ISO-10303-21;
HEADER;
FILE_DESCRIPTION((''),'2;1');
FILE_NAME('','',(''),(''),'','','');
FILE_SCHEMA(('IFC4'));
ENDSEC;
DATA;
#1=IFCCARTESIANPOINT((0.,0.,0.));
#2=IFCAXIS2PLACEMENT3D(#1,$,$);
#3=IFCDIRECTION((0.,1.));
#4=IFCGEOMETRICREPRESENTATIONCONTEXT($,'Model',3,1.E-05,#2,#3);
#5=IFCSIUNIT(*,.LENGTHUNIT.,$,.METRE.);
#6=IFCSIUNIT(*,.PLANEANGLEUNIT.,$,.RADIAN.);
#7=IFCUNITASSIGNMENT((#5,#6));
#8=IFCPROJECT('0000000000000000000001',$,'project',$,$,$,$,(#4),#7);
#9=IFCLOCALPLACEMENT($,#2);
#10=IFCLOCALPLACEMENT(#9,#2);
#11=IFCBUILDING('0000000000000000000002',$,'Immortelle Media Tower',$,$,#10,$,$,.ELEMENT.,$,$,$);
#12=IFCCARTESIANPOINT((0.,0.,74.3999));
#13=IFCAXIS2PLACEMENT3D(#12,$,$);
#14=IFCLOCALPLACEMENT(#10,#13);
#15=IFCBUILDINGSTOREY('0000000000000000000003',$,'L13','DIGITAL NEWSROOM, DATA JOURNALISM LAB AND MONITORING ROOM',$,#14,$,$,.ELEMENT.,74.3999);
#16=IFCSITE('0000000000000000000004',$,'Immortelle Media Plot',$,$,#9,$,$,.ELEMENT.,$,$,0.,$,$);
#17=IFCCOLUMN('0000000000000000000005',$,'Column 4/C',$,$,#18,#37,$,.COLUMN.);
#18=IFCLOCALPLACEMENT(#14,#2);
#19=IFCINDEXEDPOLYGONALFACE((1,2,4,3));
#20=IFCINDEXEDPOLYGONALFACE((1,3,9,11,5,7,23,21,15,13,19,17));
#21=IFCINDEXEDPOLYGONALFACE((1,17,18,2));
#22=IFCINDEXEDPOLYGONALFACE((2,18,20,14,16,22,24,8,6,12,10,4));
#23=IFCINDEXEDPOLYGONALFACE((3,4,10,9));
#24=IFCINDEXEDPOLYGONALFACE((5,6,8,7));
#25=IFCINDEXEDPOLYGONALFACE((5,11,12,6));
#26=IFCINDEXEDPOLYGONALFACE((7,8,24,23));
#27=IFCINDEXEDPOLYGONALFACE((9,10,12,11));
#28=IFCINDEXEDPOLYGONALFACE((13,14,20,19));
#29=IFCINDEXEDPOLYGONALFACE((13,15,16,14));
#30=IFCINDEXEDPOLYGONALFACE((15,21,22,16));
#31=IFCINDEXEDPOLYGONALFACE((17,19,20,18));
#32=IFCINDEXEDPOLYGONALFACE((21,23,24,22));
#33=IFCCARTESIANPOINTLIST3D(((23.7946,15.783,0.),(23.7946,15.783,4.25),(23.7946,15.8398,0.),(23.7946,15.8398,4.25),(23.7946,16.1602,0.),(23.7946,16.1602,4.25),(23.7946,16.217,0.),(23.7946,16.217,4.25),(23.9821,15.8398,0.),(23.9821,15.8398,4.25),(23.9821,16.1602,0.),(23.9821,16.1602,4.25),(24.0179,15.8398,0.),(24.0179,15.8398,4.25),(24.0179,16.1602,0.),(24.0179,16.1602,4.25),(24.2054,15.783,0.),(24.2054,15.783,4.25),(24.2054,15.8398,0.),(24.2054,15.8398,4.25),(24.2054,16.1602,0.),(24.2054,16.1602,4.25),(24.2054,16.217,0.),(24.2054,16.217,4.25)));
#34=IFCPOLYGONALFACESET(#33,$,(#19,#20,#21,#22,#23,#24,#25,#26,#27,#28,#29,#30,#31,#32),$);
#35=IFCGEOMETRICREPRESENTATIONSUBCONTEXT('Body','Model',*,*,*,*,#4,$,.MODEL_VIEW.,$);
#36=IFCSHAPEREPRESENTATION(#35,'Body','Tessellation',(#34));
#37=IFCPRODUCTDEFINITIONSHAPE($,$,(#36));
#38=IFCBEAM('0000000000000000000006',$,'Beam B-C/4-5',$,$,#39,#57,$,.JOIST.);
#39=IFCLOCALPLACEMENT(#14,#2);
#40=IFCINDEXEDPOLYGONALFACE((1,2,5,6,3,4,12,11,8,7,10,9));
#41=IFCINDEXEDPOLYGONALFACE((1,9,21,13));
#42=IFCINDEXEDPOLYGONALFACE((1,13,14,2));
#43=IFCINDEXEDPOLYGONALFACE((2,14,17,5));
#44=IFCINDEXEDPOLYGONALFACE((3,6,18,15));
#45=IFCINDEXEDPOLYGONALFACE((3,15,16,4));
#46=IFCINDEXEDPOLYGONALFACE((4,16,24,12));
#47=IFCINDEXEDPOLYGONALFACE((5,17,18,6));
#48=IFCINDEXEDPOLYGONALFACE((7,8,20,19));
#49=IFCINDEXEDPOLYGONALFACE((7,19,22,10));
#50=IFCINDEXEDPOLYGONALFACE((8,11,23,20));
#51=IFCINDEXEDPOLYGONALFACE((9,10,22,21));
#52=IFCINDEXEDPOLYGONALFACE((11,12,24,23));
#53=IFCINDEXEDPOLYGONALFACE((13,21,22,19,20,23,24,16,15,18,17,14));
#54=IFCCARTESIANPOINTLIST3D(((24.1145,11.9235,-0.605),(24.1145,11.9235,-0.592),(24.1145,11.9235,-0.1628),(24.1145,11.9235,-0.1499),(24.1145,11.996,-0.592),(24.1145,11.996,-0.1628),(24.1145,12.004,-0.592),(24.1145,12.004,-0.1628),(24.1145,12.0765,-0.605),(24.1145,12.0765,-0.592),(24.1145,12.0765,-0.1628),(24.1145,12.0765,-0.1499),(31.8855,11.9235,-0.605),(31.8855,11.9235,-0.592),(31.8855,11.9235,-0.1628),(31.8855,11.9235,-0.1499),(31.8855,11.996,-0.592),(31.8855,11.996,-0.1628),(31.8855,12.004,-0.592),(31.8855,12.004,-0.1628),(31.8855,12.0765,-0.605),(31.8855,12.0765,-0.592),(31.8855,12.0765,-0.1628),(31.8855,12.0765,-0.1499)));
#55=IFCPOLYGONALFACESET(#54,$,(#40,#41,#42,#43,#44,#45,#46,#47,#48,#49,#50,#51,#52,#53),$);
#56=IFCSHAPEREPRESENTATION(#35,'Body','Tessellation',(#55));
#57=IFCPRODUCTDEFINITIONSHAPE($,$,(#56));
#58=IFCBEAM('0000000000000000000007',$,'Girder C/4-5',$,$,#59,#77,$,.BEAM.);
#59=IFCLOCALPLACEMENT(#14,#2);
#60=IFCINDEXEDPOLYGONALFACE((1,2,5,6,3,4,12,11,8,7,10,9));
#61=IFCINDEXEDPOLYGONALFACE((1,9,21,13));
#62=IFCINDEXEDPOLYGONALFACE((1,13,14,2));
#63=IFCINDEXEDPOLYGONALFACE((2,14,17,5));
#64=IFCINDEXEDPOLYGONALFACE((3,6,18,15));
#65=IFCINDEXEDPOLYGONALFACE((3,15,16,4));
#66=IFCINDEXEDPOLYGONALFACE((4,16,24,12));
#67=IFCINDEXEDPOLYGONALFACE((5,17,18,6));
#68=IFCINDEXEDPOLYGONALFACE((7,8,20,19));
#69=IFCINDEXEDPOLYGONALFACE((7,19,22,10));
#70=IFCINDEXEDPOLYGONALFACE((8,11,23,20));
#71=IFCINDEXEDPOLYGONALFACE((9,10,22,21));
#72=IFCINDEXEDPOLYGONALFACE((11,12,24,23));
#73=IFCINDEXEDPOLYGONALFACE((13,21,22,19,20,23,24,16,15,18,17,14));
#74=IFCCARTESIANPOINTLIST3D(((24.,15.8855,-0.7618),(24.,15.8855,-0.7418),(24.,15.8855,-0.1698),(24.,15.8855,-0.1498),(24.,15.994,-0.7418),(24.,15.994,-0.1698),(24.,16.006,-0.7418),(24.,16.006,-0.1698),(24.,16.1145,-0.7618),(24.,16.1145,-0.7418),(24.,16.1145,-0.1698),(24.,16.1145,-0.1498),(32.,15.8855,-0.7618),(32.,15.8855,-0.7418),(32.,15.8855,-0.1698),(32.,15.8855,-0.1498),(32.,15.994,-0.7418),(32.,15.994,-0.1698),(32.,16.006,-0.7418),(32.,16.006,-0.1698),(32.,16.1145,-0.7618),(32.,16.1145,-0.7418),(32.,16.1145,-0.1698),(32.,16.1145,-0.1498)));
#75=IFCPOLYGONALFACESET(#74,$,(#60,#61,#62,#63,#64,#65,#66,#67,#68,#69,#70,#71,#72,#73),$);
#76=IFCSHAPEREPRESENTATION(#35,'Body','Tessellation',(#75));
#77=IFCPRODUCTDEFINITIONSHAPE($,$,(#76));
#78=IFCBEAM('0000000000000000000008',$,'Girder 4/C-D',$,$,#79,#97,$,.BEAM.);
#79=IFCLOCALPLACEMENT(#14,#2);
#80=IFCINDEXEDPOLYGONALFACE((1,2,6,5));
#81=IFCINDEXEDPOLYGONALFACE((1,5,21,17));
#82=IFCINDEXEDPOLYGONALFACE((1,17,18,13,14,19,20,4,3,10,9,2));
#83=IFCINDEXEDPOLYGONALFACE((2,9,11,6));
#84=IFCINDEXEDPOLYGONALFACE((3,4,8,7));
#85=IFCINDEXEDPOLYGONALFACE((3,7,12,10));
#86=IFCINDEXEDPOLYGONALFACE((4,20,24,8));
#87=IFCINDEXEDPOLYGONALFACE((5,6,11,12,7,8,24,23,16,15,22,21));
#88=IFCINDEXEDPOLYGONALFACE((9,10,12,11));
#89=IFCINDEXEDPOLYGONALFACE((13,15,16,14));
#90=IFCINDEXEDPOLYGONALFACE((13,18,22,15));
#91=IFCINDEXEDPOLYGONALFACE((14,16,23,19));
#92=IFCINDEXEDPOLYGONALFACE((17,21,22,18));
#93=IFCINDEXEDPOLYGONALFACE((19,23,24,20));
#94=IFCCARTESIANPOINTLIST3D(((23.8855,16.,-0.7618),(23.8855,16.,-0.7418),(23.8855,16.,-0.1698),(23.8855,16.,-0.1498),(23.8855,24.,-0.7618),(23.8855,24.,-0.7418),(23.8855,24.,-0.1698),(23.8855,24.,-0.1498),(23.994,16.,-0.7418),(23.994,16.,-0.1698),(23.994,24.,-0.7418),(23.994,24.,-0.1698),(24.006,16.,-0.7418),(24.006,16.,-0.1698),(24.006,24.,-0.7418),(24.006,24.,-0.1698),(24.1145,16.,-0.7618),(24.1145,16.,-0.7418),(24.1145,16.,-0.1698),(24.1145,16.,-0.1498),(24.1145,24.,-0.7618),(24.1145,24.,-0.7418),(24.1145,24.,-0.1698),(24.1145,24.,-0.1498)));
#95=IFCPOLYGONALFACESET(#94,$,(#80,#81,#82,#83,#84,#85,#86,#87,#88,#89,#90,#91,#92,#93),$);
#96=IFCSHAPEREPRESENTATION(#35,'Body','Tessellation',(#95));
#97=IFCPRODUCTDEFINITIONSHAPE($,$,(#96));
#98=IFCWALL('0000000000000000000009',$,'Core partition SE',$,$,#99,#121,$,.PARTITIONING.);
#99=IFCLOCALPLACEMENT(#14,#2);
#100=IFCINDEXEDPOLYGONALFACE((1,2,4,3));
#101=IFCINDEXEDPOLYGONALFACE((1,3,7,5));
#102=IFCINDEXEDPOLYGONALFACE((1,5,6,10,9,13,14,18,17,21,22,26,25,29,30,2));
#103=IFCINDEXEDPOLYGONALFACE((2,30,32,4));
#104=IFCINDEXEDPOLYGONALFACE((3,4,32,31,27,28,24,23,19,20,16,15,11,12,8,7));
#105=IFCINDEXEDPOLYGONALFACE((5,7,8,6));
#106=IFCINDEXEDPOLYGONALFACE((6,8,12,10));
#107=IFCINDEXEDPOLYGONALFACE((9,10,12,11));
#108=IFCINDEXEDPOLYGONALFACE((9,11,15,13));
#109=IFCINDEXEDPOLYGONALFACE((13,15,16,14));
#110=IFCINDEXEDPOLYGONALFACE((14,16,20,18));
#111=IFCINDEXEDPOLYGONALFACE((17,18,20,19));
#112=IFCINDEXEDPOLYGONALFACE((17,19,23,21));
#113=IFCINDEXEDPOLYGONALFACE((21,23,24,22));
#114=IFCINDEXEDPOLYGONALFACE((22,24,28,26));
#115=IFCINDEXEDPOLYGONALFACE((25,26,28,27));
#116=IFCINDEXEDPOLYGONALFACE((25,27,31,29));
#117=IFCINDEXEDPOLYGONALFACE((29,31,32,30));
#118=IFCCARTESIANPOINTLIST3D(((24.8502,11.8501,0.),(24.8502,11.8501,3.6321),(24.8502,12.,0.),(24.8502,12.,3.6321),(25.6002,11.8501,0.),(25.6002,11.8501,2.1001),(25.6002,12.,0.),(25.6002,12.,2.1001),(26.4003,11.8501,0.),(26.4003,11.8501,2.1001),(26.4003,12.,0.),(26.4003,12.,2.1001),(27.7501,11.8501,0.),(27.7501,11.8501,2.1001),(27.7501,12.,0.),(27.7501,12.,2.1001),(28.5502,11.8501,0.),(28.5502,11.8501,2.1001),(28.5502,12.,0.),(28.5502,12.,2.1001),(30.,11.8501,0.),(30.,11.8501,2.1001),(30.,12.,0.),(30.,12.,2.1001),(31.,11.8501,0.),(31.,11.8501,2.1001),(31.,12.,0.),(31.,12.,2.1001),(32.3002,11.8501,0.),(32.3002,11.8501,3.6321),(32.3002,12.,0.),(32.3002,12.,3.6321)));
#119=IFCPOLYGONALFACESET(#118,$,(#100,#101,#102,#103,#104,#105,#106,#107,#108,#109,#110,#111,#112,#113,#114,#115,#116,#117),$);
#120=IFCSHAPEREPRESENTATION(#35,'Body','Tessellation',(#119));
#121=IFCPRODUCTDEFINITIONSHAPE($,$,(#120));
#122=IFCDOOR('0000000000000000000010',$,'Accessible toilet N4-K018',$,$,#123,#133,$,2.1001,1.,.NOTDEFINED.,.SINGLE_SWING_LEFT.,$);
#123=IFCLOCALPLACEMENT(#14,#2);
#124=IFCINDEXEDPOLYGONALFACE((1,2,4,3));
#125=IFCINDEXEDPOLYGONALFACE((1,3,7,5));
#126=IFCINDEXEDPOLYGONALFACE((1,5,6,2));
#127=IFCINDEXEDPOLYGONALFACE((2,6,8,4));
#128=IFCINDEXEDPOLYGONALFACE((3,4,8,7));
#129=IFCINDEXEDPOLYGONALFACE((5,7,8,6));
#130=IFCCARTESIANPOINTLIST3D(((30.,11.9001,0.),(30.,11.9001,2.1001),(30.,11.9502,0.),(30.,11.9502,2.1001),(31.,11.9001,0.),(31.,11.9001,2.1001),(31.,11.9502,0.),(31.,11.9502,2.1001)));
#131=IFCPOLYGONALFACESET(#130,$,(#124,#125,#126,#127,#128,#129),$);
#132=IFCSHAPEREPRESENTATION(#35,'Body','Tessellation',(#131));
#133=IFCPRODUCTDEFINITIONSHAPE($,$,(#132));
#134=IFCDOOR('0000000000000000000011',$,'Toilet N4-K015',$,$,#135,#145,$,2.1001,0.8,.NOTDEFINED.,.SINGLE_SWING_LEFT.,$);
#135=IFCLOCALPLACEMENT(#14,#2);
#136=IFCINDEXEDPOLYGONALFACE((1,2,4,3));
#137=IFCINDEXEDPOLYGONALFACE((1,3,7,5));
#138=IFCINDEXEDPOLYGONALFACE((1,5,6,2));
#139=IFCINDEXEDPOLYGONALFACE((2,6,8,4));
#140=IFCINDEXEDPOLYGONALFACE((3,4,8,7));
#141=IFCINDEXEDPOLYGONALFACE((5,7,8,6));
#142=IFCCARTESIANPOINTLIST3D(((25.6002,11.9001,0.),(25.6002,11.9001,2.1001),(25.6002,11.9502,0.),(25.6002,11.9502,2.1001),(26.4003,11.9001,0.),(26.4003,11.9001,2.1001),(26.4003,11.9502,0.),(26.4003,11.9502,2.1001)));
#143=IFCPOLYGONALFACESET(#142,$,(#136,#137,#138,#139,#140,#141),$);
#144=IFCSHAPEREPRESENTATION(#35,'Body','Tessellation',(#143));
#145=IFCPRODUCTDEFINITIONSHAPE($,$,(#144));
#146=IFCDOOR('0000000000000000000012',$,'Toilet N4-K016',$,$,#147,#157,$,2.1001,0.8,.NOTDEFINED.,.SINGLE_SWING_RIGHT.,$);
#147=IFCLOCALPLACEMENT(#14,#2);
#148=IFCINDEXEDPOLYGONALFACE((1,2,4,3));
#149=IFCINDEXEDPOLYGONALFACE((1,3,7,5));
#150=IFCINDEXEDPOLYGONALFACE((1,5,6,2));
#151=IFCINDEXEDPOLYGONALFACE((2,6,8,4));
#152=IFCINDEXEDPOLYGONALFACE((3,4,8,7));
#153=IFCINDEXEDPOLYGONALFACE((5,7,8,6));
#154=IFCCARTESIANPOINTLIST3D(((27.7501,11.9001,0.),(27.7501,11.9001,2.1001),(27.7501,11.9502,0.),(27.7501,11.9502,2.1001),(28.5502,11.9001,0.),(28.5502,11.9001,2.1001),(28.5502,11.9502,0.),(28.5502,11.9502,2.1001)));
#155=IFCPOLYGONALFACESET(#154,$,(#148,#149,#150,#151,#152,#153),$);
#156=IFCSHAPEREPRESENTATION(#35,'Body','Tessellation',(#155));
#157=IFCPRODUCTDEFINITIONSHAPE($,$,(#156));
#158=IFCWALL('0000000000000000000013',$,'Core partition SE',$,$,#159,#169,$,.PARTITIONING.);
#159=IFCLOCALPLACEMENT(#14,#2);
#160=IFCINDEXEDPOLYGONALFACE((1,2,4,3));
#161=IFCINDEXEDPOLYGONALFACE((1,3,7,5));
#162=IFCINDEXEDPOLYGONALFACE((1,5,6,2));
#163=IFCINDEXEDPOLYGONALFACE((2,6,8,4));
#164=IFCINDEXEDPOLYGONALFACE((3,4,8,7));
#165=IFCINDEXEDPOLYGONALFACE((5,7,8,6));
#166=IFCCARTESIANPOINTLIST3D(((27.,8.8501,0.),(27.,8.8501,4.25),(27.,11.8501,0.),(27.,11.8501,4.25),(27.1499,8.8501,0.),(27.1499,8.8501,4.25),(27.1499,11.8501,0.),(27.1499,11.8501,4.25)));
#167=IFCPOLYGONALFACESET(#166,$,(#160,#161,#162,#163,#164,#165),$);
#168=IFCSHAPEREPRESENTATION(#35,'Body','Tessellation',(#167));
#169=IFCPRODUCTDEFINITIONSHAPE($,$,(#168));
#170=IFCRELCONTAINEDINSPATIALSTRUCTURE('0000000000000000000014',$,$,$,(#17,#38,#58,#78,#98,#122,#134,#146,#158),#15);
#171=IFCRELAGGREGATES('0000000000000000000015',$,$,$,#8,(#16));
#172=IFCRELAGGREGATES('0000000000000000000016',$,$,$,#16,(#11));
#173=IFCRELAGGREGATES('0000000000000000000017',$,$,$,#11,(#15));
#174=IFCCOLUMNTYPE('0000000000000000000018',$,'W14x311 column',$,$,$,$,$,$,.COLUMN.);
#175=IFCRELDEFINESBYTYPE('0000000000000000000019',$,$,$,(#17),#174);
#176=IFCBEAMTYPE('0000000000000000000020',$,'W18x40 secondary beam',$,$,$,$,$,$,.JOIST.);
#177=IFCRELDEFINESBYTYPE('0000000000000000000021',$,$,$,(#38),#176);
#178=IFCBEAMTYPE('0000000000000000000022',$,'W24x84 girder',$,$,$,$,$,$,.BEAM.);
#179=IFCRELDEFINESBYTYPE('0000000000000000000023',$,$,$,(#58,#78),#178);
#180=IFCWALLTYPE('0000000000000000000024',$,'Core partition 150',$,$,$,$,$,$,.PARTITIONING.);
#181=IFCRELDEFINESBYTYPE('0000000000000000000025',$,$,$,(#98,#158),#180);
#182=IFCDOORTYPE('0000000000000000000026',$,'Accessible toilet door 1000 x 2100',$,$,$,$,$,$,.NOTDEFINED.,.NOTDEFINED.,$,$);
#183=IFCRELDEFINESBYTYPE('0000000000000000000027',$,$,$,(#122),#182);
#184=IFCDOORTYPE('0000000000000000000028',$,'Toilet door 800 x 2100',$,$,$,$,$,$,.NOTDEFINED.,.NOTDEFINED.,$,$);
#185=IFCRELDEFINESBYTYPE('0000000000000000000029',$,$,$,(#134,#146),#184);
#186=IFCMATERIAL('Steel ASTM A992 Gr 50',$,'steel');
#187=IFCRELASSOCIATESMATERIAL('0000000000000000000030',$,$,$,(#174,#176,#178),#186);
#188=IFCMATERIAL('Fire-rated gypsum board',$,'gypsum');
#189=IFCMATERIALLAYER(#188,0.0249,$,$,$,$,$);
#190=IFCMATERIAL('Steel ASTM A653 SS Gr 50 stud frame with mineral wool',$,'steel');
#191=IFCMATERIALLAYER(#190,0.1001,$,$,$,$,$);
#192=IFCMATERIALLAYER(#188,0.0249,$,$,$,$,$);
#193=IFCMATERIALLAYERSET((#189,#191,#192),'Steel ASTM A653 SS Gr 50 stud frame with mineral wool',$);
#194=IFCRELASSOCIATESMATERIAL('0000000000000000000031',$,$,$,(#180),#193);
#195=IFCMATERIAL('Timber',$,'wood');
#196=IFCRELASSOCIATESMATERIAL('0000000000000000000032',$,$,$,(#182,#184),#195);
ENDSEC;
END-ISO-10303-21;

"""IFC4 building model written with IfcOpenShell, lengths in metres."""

from ifc_helpers import new_model, si_unit, direction, frame, frame_2d, origin, origin_2d, place, context, subcontext, project, spatial, rectangle, i_section, extrude, material, layer, layer_set, material_profile, profile_set, type_object, element, fill, save


model = new_model("IFC4")

# Units and contexts
model_context = context("Model", 3, precision=1e-05, world=origin(), true_north=direction((0.0, 1.0)))
body_context = subcontext(model_context, "Body", "Model", "MODEL_VIEW")
ifc_project = project(units=[si_unit("LENGTHUNIT", "METRE"), si_unit("PLANEANGLEUNIT", "RADIAN")], contexts=[model_context])

# Site, building, storey
site_placement = place(None, origin())
site = spatial("IfcSite", under=ifc_project, at=site_placement, Name="Immortelle Media Plot", CompositionType="ELEMENT", RefElevation=0.0)
building_placement = place(site_placement, origin())
building = spatial("IfcBuilding", under=site, at=building_placement, Name="Immortelle Media Tower", CompositionType="ELEMENT")
storey_placement = place(building_placement, frame((0.0, 0.0, 74.3999)))
storey = spatial("IfcBuildingStorey", under=building, at=storey_placement, Name="L13", Description="DIGITAL NEWSROOM, DATA JOURNALISM LAB AND MONITORING ROOM", CompositionType="ELEMENT", Elevation=74.3999)

# Column
ifc_material_1 = material(Name="Steel ASTM A992 Gr 50", Category="steel")
ifc_material_profile_1 = material_profile(ifc_material_1, i_section(OverallWidth=0.4109, OverallDepth=0.4341, WebThickness=0.0359, FlangeThickness=0.0569, at=origin_2d()), Name="W14x311")
ifc_profile_set_1 = profile_set([ifc_material_profile_1], Name="Steel ASTM A992 Gr 50")
column_type = type_object("IfcColumnType", Name="W14x311 column", PredefinedType="COLUMN", material=ifc_profile_set_1)
column_placement = place(storey_placement, frame((24.0, 16.0, 0.0), z_axis=(0.0, 0.0, 1.0), x_axis=(1.0, 0.0, 0.0)))
element("IfcColumn", 1, at=column_placement, inside=storey, type_object=column_type, Name="Column 4/C", PredefinedType="COLUMN", context=body_context, shape_type="SweptSolid", body=[
    extrude(i_section(OverallWidth=0.4109, OverallDepth=0.4341, WebThickness=0.0359, FlangeThickness=0.0569, at=origin_2d()), origin(), (0.0, 0.0, 1.0), 4.25),
])

# Beams
ifc_material_profile_2 = material_profile(ifc_material_1, i_section(OverallWidth=0.1531, OverallDepth=0.4551, WebThickness=0.0081, FlangeThickness=0.0129, at=origin_2d()), Name="W18x40")
ifc_profile_set_2 = profile_set([ifc_material_profile_2], Name="Steel ASTM A992 Gr 50")
beam_type_1 = type_object("IfcBeamType", Name="W18x40 secondary beam", PredefinedType="JOIST", material=ifc_profile_set_2)
beam_placement = place(storey_placement, frame((24.1145, 12.0, -0.3774), z_axis=(1.0, 0.0, 0.0), x_axis=(0.0, 1.0, 0.0)))
element("IfcBeam", 2, at=beam_placement, inside=storey, type_object=beam_type_1, Name="Beam B-C/4-5", PredefinedType="JOIST", context=body_context, shape_type="SweptSolid", body=[
    extrude(i_section(OverallWidth=0.1531, OverallDepth=0.4551, WebThickness=0.0081, FlangeThickness=0.0129, at=origin_2d()), origin(), (0.0, 0.0, 1.0), 7.771),
])
ifc_material_profile_3 = material_profile(ifc_material_1, i_section(OverallWidth=0.229, OverallDepth=0.6121, WebThickness=0.012, FlangeThickness=0.02, at=origin_2d()), Name="W24x84")
ifc_profile_set_3 = profile_set([ifc_material_profile_3], Name="Steel ASTM A992 Gr 50")
beam_type_2 = type_object("IfcBeamType", Name="W24x84 girder", PredefinedType="BEAM", material=ifc_profile_set_3)
for number, where, z_axis, x_axis, name in (
    (3, (24.0, 16.0, -0.4558), (1.0, 0.0, 0.0), (0.0, 1.0, 0.0), "Girder C/4-5"),
    (4, (24.0, 16.0, -0.4558), (0.0, 1.0, 0.0), (-1.0, 0.0, 0.0), "Girder 4/C-D"),
):
    element("IfcBeam", number, at=place(storey_placement, frame(where, z_axis=z_axis, x_axis=x_axis)), inside=storey, type_object=beam_type_2, Name=name, PredefinedType="BEAM", context=body_context, shape_type="SweptSolid", body=[
        extrude(i_section(OverallWidth=0.229, OverallDepth=0.6121, WebThickness=0.012, FlangeThickness=0.02, at=origin_2d()), origin(), (0.0, 0.0, 1.0), 8.0),
    ])

# Wall, openings, doors
ifc_material_2 = material(Name="Fire-rated gypsum board", Category="gypsum")
ifc_layer_1 = layer(ifc_material_2, 0.0249)
ifc_material_3 = material(Name="Steel ASTM A653 SS Gr 50 stud frame with mineral wool", Category="steel")
ifc_layer_2 = layer(ifc_material_3, 0.1001)
ifc_layer_3 = layer(ifc_material_2, 0.0249)
ifc_layer_set_1 = layer_set([ifc_layer_1, ifc_layer_2, ifc_layer_3], Name="Steel ASTM A653 SS Gr 50 stud frame with mineral wool")
wall_type_1 = type_object("IfcWallType", Name="Core partition 150", PredefinedType="PARTITIONING", material=ifc_layer_set_1)
wall_1_placement = place(storey_placement, frame((24.8501, 11.925, 0.0), z_axis=(0.0, 0.0, 1.0), x_axis=(1.0, 0.0, 0.0)))
wall_1 = element("IfcWall", 5, at=wall_1_placement, inside=storey, type_object=wall_type_1, Name="Core partition SE", PredefinedType="PARTITIONING", context=body_context, shape_type="SweptSolid", body=[
    extrude(rectangle(XDim=7.45, YDim=0.1499, at=frame_2d((3.7251, 0.0))), origin(), (0.0, 0.0, 1.0), 3.6321),
])
opening_1_placement = place(wall_1_placement, frame((1.55, 0.0, 0.0), z_axis=(0.0, 0.0, 1.0), x_axis=(-1.0, 0.0, 0.0)))
opening_1 = element("IfcOpeningElement", 6, at=opening_1_placement, cuts=wall_1, PredefinedType="OPENING", context=body_context, shape_type="SweptSolid", body=[
    extrude(rectangle(XDim=0.8, YDim=2.1001, at=frame_2d((0.3999, 1.05))), frame((0.0, 0.085, 0.0), z_axis=(0.0, -1.0, 0.0), x_axis=(1.0, 0.0, 0.0)), (0.0, 0.0, 1.0), 0.1699),
])
opening_2_placement = place(wall_1_placement, frame((3.7, 0.0, 0.0), z_axis=(0.0, 0.0, 1.0), x_axis=(-1.0, 0.0, 0.0)))
opening_2 = element("IfcOpeningElement", 7, at=opening_2_placement, cuts=wall_1, PredefinedType="OPENING", context=body_context, shape_type="SweptSolid", body=[
    extrude(rectangle(XDim=0.8, YDim=2.1001, at=frame_2d((0.3999, 1.05))), frame((0.0, 0.085, 0.0), z_axis=(0.0, -1.0, 0.0), x_axis=(1.0, 0.0, 0.0)), (0.0, 0.0, 1.0), 0.1699),
])
opening_3_placement = place(wall_1_placement, frame((6.1499, 0.0, 0.0), z_axis=(0.0, 0.0, 1.0), x_axis=(-1.0, 0.0, 0.0)))
opening_3 = element("IfcOpeningElement", 8, at=opening_3_placement, cuts=wall_1, PredefinedType="OPENING", context=body_context, shape_type="SweptSolid", body=[
    extrude(rectangle(XDim=1.0, YDim=2.1001, at=frame_2d((0.5, 1.05))), frame((0.0, 0.085, 0.0), z_axis=(0.0, -1.0, 0.0), x_axis=(1.0, 0.0, 0.0)), (0.0, 0.0, 1.0), 0.1699),
])
ifc_material_4 = material(Name="Timber", Category="wood")
door_type_1 = type_object("IfcDoorType", Name="Accessible toilet door 1000 x 2100", OperationType="NOTDEFINED", PredefinedType="NOTDEFINED", material=ifc_material_4)
door_1_placement = place(opening_3_placement, origin())
door_1 = element("IfcDoor", 9, at=door_1_placement, inside=storey, type_object=door_type_1, Name="Accessible toilet N4-K018", OperationType="SINGLE_SWING_LEFT", OverallHeight=2.1001, OverallWidth=1.0, PredefinedType="NOTDEFINED", context=body_context, shape_type="SweptSolid", body=[
    extrude(rectangle(XDim=1.0, YDim=2.1001, at=frame_2d((0.5, 1.05))), frame((0.0, 0.0249, 0.0), z_axis=(0.0, -1.0, 0.0), x_axis=(1.0, 0.0, 0.0)), (0.0, 0.0, 1.0), 0.05),
])
fill(opening_3, door_1)
door_type_2 = type_object("IfcDoorType", Name="Toilet door 800 x 2100", OperationType="NOTDEFINED", PredefinedType="NOTDEFINED", material=ifc_material_4)
door_2_placement = place(opening_1_placement, origin())
door_2 = element("IfcDoor", 10, at=door_2_placement, inside=storey, type_object=door_type_2, Name="Toilet N4-K015", OperationType="SINGLE_SWING_LEFT", OverallHeight=2.1001, OverallWidth=0.8, PredefinedType="NOTDEFINED", context=body_context, shape_type="SweptSolid", body=[
    extrude(rectangle(XDim=0.8, YDim=2.1001, at=frame_2d((0.3999, 1.05))), frame((0.0, 0.0249, 0.0), z_axis=(0.0, -1.0, 0.0), x_axis=(1.0, 0.0, 0.0)), (0.0, 0.0, 1.0), 0.05),
])
fill(opening_1, door_2)
door_3_placement = place(opening_2_placement, origin())
door_3 = element("IfcDoor", 11, at=door_3_placement, inside=storey, type_object=door_type_2, Name="Toilet N4-K016", OperationType="SINGLE_SWING_RIGHT", OverallHeight=2.1001, OverallWidth=0.8, PredefinedType="NOTDEFINED", context=body_context, shape_type="SweptSolid", body=[
    extrude(rectangle(XDim=0.8, YDim=2.1001, at=frame_2d((0.3999, 1.05))), frame((0.0, 0.0249, 0.0), z_axis=(0.0, -1.0, 0.0), x_axis=(1.0, 0.0, 0.0)), (0.0, 0.0, 1.0), 0.05),
])
fill(opening_2, door_3)

# Wall
for number, where, z_axis, x_axis, name in (
    (12, (27.075, 8.8501, 0.0), (0.0, 0.0, 1.0), (0.0, 1.0, 0.0), "Core partition SE"),
):
    element("IfcWall", number, at=place(storey_placement, frame(where, z_axis=z_axis, x_axis=x_axis)), inside=storey, type_object=wall_type_1, Name=name, PredefinedType="PARTITIONING", context=body_context, shape_type="SweptSolid", body=[
        extrude(rectangle(XDim=3.0, YDim=0.1499, at=frame_2d((1.5, 0.0))), origin(), (0.0, 0.0, 1.0), 4.25),
    ])

save(model, "model.ifc")
